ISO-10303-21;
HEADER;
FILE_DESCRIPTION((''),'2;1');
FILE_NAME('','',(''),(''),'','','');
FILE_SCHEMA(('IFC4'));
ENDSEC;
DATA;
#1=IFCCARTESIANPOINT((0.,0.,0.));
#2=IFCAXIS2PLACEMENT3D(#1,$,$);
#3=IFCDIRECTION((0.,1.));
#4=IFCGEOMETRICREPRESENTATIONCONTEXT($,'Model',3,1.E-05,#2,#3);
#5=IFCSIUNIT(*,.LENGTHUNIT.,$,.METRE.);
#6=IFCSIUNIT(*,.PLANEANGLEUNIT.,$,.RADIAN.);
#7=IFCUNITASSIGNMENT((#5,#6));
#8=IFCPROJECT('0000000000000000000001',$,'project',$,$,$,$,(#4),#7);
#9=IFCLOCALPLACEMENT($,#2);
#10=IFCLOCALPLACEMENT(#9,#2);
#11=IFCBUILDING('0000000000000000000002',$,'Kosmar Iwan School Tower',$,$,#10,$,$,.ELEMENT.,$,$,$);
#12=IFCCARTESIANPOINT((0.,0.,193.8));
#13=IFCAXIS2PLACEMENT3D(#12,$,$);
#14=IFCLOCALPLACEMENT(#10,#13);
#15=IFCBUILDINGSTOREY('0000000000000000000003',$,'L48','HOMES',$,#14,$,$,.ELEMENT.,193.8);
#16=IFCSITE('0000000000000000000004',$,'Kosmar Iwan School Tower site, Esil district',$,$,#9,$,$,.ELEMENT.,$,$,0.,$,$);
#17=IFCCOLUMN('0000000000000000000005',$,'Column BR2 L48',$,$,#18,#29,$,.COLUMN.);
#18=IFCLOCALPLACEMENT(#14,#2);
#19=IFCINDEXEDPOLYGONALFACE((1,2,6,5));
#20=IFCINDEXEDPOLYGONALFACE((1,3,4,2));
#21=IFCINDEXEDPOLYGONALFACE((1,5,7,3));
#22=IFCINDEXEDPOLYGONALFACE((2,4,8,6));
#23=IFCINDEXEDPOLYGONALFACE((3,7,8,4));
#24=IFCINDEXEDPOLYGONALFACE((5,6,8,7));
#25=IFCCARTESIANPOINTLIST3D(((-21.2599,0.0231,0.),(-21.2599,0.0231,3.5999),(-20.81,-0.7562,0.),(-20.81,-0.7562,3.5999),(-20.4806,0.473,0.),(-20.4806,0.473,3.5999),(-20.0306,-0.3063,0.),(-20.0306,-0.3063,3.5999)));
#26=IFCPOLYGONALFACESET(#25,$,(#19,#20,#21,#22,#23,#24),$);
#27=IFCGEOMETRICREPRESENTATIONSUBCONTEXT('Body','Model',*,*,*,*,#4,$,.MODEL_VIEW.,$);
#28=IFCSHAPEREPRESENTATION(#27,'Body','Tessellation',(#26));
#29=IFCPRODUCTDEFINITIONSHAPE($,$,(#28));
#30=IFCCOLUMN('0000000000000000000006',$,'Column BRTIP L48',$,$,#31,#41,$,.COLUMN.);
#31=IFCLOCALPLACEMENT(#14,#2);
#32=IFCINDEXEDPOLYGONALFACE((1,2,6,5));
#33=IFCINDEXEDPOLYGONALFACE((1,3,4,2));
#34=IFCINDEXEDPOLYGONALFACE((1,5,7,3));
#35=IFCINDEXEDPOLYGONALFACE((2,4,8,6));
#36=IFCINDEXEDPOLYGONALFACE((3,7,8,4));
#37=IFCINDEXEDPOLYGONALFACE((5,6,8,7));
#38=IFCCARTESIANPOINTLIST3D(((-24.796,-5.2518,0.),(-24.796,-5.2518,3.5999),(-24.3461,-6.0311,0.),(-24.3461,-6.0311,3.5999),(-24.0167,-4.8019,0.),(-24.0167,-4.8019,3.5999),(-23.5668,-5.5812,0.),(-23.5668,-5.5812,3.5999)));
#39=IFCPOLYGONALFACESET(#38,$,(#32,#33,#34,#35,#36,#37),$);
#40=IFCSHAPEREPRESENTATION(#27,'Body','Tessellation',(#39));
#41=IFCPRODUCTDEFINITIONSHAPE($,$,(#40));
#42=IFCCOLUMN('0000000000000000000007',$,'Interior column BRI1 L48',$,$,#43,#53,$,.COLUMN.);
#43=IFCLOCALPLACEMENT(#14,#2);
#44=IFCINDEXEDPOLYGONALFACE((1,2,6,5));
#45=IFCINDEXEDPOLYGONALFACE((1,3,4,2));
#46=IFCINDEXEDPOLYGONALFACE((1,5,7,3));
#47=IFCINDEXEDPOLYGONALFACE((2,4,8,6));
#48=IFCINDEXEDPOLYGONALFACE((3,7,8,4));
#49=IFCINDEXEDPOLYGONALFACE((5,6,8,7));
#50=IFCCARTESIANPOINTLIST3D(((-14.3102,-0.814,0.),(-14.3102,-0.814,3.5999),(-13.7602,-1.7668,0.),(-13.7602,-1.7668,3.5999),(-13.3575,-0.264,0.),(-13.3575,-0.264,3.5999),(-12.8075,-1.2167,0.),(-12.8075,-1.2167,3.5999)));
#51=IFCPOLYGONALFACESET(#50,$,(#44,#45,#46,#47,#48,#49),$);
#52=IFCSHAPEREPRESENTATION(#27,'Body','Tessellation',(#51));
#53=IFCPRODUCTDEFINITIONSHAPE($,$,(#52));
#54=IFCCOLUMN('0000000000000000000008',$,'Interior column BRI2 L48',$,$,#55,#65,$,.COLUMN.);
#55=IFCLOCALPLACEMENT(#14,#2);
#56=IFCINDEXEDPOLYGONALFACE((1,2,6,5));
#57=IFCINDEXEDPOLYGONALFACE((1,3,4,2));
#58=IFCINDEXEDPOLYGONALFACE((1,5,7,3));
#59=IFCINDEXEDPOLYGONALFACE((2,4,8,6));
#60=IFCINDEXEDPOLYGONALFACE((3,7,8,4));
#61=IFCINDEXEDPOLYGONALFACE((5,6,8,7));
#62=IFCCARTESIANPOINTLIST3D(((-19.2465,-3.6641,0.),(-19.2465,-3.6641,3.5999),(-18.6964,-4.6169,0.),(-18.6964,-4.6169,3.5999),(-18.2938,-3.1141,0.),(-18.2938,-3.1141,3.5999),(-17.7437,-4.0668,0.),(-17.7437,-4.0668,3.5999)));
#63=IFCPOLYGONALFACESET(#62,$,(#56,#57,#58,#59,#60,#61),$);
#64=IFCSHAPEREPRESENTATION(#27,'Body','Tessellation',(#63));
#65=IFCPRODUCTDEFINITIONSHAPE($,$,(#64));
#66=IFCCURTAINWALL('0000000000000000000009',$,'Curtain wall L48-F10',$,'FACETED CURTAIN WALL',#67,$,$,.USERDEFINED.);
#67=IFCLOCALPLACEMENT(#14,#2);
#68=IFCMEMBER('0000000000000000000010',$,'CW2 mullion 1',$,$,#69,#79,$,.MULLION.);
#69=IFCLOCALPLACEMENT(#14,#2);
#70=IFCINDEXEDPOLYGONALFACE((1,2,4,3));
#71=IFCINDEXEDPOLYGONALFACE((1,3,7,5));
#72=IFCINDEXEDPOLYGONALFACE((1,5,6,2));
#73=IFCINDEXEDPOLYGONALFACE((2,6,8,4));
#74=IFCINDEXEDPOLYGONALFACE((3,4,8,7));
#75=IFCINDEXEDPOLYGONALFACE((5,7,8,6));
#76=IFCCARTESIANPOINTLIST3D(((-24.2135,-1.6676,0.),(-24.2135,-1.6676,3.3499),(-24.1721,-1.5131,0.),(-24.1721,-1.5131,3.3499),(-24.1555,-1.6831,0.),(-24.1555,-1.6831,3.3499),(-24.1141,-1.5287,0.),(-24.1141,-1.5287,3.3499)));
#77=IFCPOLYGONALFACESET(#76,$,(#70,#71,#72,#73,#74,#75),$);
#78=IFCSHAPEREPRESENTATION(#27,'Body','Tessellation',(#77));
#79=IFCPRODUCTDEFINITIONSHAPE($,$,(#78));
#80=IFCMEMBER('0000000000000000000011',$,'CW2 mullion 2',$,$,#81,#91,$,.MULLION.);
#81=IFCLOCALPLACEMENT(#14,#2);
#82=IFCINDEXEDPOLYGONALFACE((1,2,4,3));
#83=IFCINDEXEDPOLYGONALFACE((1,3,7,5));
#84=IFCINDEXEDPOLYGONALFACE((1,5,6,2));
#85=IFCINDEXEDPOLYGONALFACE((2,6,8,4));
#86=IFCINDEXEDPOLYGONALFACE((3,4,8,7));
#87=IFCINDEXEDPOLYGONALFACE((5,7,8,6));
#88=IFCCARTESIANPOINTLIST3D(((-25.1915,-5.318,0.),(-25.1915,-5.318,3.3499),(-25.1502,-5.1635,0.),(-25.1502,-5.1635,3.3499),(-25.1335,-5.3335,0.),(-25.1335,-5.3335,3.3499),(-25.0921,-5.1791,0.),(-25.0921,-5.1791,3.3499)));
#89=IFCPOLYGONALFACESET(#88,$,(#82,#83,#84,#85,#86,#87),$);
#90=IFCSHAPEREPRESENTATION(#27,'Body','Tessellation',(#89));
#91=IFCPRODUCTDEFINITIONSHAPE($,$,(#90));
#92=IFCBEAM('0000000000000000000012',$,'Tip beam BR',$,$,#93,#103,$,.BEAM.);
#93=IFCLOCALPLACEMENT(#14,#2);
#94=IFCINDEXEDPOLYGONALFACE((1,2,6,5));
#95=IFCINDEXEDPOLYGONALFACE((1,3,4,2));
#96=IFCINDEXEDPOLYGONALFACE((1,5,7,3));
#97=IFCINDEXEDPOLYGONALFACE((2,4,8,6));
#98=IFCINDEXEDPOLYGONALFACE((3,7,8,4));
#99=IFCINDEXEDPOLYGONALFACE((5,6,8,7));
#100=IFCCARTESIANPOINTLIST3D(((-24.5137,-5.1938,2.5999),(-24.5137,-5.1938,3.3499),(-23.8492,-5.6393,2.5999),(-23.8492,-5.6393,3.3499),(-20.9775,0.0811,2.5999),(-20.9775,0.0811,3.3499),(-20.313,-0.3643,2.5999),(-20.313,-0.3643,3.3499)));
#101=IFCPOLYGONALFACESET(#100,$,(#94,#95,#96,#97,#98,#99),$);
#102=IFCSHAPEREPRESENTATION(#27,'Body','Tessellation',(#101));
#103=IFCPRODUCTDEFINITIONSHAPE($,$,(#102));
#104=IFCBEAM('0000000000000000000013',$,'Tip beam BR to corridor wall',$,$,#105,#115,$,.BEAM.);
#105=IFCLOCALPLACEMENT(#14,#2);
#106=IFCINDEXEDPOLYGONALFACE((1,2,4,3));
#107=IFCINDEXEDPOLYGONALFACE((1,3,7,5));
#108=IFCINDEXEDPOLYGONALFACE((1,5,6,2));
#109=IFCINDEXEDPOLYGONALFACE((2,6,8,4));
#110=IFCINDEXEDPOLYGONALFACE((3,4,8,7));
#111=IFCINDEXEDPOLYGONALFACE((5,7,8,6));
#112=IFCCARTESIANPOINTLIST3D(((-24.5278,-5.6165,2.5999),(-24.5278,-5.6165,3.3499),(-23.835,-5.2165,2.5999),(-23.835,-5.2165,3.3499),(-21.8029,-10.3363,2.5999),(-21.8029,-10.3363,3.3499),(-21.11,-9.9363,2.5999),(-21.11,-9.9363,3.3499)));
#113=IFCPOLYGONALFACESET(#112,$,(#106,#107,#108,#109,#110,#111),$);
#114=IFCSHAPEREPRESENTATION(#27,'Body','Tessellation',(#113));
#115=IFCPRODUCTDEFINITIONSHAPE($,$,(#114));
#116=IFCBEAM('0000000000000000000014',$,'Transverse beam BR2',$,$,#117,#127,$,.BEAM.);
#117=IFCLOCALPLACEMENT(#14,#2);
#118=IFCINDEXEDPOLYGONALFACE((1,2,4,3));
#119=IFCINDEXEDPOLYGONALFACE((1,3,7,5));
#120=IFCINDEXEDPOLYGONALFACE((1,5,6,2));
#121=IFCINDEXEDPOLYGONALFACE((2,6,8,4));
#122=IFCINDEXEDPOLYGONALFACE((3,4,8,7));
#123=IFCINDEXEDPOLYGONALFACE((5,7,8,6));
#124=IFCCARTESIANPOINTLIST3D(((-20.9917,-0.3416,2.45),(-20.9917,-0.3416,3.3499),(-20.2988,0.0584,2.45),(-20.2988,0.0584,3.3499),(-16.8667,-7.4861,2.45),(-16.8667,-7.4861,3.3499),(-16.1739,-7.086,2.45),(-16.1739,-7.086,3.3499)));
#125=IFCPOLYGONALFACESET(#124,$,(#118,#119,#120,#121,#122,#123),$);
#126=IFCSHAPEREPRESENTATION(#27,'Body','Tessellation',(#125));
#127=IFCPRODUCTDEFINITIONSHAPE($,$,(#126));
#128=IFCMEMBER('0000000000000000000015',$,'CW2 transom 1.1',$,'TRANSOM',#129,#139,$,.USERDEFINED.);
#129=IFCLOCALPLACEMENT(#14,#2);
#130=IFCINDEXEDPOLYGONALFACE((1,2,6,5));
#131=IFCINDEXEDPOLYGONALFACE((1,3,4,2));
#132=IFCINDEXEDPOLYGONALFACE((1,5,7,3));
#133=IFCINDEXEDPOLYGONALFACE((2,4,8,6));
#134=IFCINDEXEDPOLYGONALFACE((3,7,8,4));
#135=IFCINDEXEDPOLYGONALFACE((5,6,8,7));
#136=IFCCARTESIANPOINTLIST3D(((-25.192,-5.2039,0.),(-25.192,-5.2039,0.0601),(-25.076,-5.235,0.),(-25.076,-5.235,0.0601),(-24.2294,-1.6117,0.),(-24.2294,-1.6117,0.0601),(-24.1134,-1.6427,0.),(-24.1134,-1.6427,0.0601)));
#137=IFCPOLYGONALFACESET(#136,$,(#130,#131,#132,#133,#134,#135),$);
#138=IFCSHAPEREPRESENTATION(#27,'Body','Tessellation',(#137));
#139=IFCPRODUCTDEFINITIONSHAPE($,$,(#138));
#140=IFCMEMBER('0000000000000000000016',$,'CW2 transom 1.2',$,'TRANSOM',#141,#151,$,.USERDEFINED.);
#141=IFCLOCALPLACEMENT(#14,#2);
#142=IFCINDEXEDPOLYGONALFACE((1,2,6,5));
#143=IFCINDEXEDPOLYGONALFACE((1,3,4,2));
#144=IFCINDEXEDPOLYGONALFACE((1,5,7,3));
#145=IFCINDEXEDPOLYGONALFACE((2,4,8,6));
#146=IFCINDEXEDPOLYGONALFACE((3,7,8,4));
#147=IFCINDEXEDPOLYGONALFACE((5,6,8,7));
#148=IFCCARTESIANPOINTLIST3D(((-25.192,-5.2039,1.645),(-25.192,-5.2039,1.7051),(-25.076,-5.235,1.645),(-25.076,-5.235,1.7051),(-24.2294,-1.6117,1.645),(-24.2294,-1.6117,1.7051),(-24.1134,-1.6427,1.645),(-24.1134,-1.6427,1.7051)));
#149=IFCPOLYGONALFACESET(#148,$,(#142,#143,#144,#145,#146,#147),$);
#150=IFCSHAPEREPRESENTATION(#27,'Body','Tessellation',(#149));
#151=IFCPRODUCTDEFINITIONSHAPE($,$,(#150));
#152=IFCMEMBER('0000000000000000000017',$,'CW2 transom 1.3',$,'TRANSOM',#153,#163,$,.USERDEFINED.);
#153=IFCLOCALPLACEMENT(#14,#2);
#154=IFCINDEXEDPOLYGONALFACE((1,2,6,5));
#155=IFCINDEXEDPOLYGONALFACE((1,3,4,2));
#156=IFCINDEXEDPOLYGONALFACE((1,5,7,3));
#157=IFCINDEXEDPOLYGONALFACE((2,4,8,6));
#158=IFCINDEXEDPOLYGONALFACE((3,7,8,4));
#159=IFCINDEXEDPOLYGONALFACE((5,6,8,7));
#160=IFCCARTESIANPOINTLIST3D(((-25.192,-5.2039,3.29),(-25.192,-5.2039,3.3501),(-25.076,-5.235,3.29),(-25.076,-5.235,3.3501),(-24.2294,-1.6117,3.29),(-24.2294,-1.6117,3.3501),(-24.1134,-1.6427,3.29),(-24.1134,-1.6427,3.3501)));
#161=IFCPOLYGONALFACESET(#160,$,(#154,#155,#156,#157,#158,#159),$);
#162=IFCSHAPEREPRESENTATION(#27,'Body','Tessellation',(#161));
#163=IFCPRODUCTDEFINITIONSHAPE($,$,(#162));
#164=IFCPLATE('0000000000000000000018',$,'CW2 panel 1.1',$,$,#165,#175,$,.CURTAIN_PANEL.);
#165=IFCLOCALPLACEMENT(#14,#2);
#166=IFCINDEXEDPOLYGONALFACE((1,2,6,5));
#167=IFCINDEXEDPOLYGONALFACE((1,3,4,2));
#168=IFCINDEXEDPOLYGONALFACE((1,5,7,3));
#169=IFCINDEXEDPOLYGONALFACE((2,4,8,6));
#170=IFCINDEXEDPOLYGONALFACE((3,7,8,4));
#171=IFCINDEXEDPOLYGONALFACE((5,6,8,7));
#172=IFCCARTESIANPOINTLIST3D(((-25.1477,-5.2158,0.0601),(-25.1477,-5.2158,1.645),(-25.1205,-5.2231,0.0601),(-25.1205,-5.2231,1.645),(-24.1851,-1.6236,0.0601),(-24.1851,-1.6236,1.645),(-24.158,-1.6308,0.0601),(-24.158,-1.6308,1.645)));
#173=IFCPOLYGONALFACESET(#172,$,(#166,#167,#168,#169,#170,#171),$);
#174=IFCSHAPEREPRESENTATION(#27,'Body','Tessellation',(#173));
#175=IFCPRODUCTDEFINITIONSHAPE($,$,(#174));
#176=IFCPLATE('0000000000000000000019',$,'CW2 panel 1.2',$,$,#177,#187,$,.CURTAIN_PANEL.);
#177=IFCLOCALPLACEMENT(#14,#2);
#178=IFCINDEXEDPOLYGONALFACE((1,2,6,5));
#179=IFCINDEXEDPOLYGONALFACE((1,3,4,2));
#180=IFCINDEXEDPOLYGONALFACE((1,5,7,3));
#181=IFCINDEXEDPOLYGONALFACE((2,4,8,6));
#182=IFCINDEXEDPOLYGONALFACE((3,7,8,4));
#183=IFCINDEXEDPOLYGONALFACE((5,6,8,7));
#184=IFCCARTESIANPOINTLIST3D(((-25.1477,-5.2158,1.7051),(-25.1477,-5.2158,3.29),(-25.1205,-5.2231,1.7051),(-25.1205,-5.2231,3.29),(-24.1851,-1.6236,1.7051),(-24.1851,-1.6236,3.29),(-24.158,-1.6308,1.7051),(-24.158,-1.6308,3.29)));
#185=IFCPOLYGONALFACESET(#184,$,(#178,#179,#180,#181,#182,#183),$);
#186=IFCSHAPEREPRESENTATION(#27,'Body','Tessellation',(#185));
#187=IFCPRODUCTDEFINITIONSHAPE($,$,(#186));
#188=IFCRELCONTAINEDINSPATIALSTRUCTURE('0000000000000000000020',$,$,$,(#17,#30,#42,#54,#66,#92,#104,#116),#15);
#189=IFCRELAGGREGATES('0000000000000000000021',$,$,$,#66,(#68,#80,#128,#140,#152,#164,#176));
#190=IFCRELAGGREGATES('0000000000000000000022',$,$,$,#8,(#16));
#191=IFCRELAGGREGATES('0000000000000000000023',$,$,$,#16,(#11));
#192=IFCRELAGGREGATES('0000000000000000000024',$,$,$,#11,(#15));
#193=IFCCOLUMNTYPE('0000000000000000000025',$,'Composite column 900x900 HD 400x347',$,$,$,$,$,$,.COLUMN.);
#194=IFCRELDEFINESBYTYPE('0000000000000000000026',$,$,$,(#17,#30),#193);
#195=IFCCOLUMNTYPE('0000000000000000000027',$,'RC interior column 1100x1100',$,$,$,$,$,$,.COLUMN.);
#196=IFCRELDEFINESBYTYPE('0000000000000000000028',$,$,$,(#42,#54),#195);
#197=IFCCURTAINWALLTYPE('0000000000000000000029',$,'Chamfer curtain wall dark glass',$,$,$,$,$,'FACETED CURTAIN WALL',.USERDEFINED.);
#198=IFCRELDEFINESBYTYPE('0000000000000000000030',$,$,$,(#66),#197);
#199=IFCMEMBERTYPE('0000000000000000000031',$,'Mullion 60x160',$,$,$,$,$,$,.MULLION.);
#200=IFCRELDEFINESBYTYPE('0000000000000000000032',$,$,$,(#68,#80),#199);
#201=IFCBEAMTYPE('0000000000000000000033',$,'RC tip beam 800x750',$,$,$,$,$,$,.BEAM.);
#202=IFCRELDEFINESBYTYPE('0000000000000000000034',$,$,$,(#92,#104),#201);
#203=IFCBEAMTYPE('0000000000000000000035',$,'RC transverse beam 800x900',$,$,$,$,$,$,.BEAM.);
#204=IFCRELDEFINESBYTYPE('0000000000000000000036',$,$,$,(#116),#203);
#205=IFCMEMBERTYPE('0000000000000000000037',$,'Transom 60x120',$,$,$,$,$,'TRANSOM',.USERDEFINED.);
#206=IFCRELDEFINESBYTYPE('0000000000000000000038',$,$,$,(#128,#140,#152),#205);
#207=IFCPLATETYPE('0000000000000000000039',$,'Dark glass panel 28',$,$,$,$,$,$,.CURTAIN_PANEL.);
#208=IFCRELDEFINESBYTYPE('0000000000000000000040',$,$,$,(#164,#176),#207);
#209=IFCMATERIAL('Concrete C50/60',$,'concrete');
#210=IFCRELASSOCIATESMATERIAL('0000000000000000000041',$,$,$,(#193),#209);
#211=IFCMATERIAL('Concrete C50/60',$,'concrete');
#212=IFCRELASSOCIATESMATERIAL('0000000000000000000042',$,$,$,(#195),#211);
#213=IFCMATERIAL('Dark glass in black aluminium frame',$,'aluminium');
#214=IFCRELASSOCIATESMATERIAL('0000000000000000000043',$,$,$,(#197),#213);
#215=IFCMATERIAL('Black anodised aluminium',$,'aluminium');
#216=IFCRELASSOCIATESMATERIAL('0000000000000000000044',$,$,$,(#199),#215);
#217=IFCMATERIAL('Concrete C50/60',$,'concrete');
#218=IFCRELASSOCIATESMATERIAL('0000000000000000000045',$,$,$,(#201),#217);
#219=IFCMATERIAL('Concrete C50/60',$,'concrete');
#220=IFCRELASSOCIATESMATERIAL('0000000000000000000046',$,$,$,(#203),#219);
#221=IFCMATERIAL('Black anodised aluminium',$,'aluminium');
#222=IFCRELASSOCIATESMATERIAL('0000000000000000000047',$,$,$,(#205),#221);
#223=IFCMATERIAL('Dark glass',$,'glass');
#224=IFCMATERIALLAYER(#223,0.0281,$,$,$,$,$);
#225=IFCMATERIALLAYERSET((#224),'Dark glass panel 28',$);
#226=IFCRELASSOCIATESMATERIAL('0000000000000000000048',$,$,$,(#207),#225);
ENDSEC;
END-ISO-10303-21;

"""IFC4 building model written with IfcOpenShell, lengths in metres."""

from ifc_helpers import new_model, si_unit, direction, frame, origin, origin_2d, place, context, subcontext, project, spatial, rectangle, extrude, material, layer, layer_set, material_profile, profile_set, type_object, element, aggregate, save


model = new_model("IFC4")

# Units and contexts
model_context = context("Model", 3, precision=1e-05, world=origin(), true_north=direction((0.0, 1.0)))
body_context = subcontext(model_context, "Body", "Model", "MODEL_VIEW")
ifc_project = project(units=[si_unit("LENGTHUNIT", "METRE"), si_unit("PLANEANGLEUNIT", "RADIAN")], contexts=[model_context])

# Site, building, storey
site_placement = place(None, origin())
site = spatial("IfcSite", under=ifc_project, at=site_placement, Name="Kosmar Iwan School Tower site, Esil district", CompositionType="ELEMENT", RefElevation=0.0)
building_placement = place(site_placement, origin())
building = spatial("IfcBuilding", under=site, at=building_placement, Name="Kosmar Iwan School Tower", CompositionType="ELEMENT")
storey_placement = place(building_placement, frame((0.0, 0.0, 193.8)))
storey = spatial("IfcBuildingStorey", under=building, at=storey_placement, Name="L48", Description="HOMES", CompositionType="ELEMENT", Elevation=193.8)

# Columns
ifc_material_1 = material(Name="Concrete C50/60", Category="concrete")
ifc_material_profile_1 = material_profile(ifc_material_1, rectangle(XDim=0.8999, YDim=0.8999, at=origin_2d()), Name="RC 900x900 + HD 400x347")
ifc_profile_set_1 = profile_set([ifc_material_profile_1], Name="Concrete C50/60")
column_type_1 = type_object("IfcColumnType", Name="Composite column 900x900 HD 400x347", PredefinedType="COLUMN", material=ifc_profile_set_1)
for number, where, z_axis, x_axis, name in (
    (1, (-20.6453, -0.1416, 0.0), (0.0, 0.0, 1.0), (-0.866025, -0.5, 0.0), "Column BR2 L48"),
    (2, (-24.1814, -5.4165, 0.0), (0.0, 0.0, 1.0), (-0.866025, -0.5, 0.0), "Column BRTIP L48"),
):
    element("IfcColumn", number, at=place(storey_placement, frame(where, z_axis=z_axis, x_axis=x_axis)), inside=storey, type_object=column_type_1, Name=name, PredefinedType="COLUMN", context=body_context, shape_type="SweptSolid", body=[
        extrude(rectangle(XDim=0.8999, YDim=0.8999, at=origin_2d()), origin(), (0.0, 0.0, 1.0), 3.5999),
    ])
ifc_material_2 = material(Name="Concrete C50/60", Category="concrete")
ifc_material_profile_2 = material_profile(ifc_material_2, rectangle(XDim=1.1001, YDim=1.1001, at=origin_2d()), Name="RC 1100x1100")
ifc_profile_set_2 = profile_set([ifc_material_profile_2], Name="Concrete C50/60")
column_type_2 = type_object("IfcColumnType", Name="RC interior column 1100x1100", PredefinedType="COLUMN", material=ifc_profile_set_2)
for number, where, z_axis, x_axis, name in (
    (3, (-13.5588, -1.0154, 0.0), (0.0, 0.0, 1.0), (-0.866025, -0.5, 0.0), "Interior column BRI1 L48"),
    (4, (-18.4951, -3.8655, 0.0), (0.0, 0.0, 1.0), (-0.866025, -0.5, 0.0), "Interior column BRI2 L48"),
):
    element("IfcColumn", number, at=place(storey_placement, frame(where, z_axis=z_axis, x_axis=x_axis)), inside=storey, type_object=column_type_2, Name=name, PredefinedType="COLUMN", context=body_context, shape_type="SweptSolid", body=[
        extrude(rectangle(XDim=1.1001, YDim=1.1001, at=origin_2d()), origin(), (0.0, 0.0, 1.0), 3.5999),
    ])

# Curtain wall, members
ifc_material_3 = material(Name="Dark glass in black aluminium frame", Category="aluminium")
curtain_wall_type = type_object("IfcCurtainWallType", Name="Chamfer curtain wall dark glass", ElementType="FACETED CURTAIN WALL", PredefinedType="USERDEFINED", material=ifc_material_3)
curtain_wall_placement = place(storey_placement, origin())
curtain_wall = element("IfcCurtainWall", 5, at=curtain_wall_placement, inside=storey, type_object=curtain_wall_type, Name="Curtain wall L48-F10", ObjectType="FACETED CURTAIN WALL", PredefinedType="USERDEFINED")
ifc_material_4 = material(Name="Black anodised aluminium", Category="aluminium")
ifc_material_profile_3 = material_profile(ifc_material_4, rectangle(XDim=0.0601, YDim=0.1599, at=origin_2d()), Name="MULLION 60x160")
ifc_profile_set_3 = profile_set([ifc_material_profile_3], Name="Black anodised aluminium")
member_type_1 = type_object("IfcMemberType", Name="Mullion 60x160", PredefinedType="MULLION", material=ifc_profile_set_3)
member_1_placement = place(storey_placement, frame((-24.1638, -1.5981, 0.0), z_axis=(0.0, 0.0, 1.0), x_axis=(0.965926, -0.258819, 0.0)))
member_1 = element("IfcMember", 6, at=member_1_placement, type_object=member_type_1, Name="CW2 mullion 1", PredefinedType="MULLION", context=body_context, shape_type="SweptSolid", body=[
    extrude(rectangle(XDim=0.0601, YDim=0.1599, at=origin_2d()), origin(), (0.0, 0.0, 1.0), 3.3499),
])
member_2_placement = place(storey_placement, frame((-25.1418, -5.2485, 0.0), z_axis=(0.0, 0.0, 1.0), x_axis=(0.965926, -0.258819, 0.0)))
member_2 = element("IfcMember", 7, at=member_2_placement, type_object=member_type_1, Name="CW2 mullion 2", PredefinedType="MULLION", context=body_context, shape_type="SweptSolid", body=[
    extrude(rectangle(XDim=0.0601, YDim=0.1599, at=origin_2d()), origin(), (0.0, 0.0, 1.0), 3.3499),
])

# Beams
ifc_material_5 = material(Name="Concrete C50/60", Category="concrete")
ifc_material_profile_4 = material_profile(ifc_material_5, rectangle(XDim=0.8, YDim=0.75, at=origin_2d()), Name="RC 800x750")
ifc_profile_set_4 = profile_set([ifc_material_profile_4], Name="Concrete C50/60")
beam_type_1 = type_object("IfcBeamType", Name="RC tip beam 800x750", PredefinedType="BEAM", material=ifc_profile_set_4)
beam_1_placement = place(storey_placement, frame((-20.6453, -0.1416, 2.9749), z_axis=(-0.556828, -0.830628, 0.0), x_axis=(0.830628, -0.556828, 0.0)))
element("IfcBeam", 8, at=beam_1_placement, inside=storey, type_object=beam_type_1, Name="Tip beam BR", PredefinedType="BEAM", context=body_context, shape_type="SweptSolid", body=[
    extrude(rectangle(XDim=0.8, YDim=0.75, at=origin_2d()), origin(), (0.0, 0.0, 1.0), 6.3506),
])
beam_2_placement = place(storey_placement, frame((-24.1814, -5.4165, 2.9749), z_axis=(0.499989, -0.866032, 0.0), x_axis=(0.866032, 0.499989, 0.0)))
element("IfcBeam", 9, at=beam_2_placement, inside=storey, type_object=beam_type_1, Name="Tip beam BR to corridor wall", PredefinedType="BEAM", context=body_context, shape_type="SweptSolid", body=[
    extrude(rectangle(XDim=0.8, YDim=0.75, at=origin_2d()), origin(), (0.0, 0.0, 1.0), 5.45),
])
ifc_material_6 = material(Name="Concrete C50/60", Category="concrete")
ifc_material_profile_5 = material_profile(ifc_material_6, rectangle(XDim=0.8, YDim=0.8999, at=origin_2d()), Name="RC 800x900")
ifc_profile_set_5 = profile_set([ifc_material_profile_5], Name="Concrete C50/60")
beam_type_2 = type_object("IfcBeamType", Name="RC transverse beam 800x900", PredefinedType="BEAM", material=ifc_profile_set_5)
beam_3_placement = place(storey_placement, frame((-20.6453, -0.1416, 2.8999), z_axis=(0.500009, -0.86602, 0.0), x_axis=(0.86602, 0.500009, 0.0)))
element("IfcBeam", 10, at=beam_3_placement, inside=storey, type_object=beam_type_2, Name="Transverse beam BR2", PredefinedType="BEAM", context=body_context, shape_type="SweptSolid", body=[
    extrude(rectangle(XDim=0.8, YDim=0.8999, at=origin_2d()), origin(), (0.0, 0.0, 1.0), 8.2498),
])

# Members
ifc_material_7 = material(Name="Black anodised aluminium", Category="aluminium")
ifc_material_profile_6 = material_profile(ifc_material_7, rectangle(XDim=0.1201, YDim=0.0601, at=origin_2d()), Name="TRANSOM 60x120")
ifc_profile_set_6 = profile_set([ifc_material_profile_6], Name="Black anodised aluminium")
member_type_2 = type_object("IfcMemberType", Name="Transom 60x120", ElementType="TRANSOM", PredefinedType="USERDEFINED", material=ifc_profile_set_6)
member_3_placement = place(storey_placement, frame((-24.1714, -1.6272, 0.03), z_axis=(-0.258843, -0.965919, 0.0), x_axis=(0.965919, -0.258843, 0.0)))
member_3 = element("IfcMember", 11, at=member_3_placement, type_object=member_type_2, Name="CW2 transom 1.1", ObjectType="TRANSOM", PredefinedType="USERDEFINED", context=body_context, shape_type="SweptSolid", body=[
    extrude(rectangle(XDim=0.1201, YDim=0.0601, at=origin_2d()), origin(), (0.0, 0.0, 1.0), 3.719),
])
member_4_placement = place(storey_placement, frame((-24.1714, -1.6272, 1.675), z_axis=(-0.258843, -0.965919, 0.0), x_axis=(0.965919, -0.258843, 0.0)))
member_4 = element("IfcMember", 12, at=member_4_placement, type_object=member_type_2, Name="CW2 transom 1.2", ObjectType="TRANSOM", PredefinedType="USERDEFINED", context=body_context, shape_type="SweptSolid", body=[
    extrude(rectangle(XDim=0.1201, YDim=0.0601, at=origin_2d()), origin(), (0.0, 0.0, 1.0), 3.719),
])
member_5_placement = place(storey_placement, frame((-24.1714, -1.6272, 3.3201), z_axis=(-0.258843, -0.965919, 0.0), x_axis=(0.965919, -0.258843, 0.0)))
member_5 = element("IfcMember", 13, at=member_5_placement, type_object=member_type_2, Name="CW2 transom 1.3", ObjectType="TRANSOM", PredefinedType="USERDEFINED", context=body_context, shape_type="SweptSolid", body=[
    extrude(rectangle(XDim=0.1201, YDim=0.0601, at=origin_2d()), origin(), (0.0, 0.0, 1.0), 3.719),
])

# Plates
ifc_material_8 = material(Name="Dark glass", Category="glass")
ifc_layer_1 = layer(ifc_material_8, 0.0281)
ifc_layer_set_1 = layer_set([ifc_layer_1], Name="Dark glass panel 28")
plate_type = type_object("IfcPlateType", Name="Dark glass panel 28", PredefinedType="CURTAIN_PANEL", material=ifc_layer_set_1)
plate_1_placement = place(storey_placement, frame((-24.6528, -3.4233, 0.0601), z_axis=(0.0, 0.0, 1.0), x_axis=(-0.258819, -0.965926, 0.0)))
plate_1 = element("IfcPlate", 14, at=plate_1_placement, type_object=plate_type, Name="CW2 panel 1.1", PredefinedType="CURTAIN_PANEL", context=body_context, shape_type="SweptSolid", body=[
    extrude(rectangle(XDim=3.719, YDim=0.0281, at=origin_2d()), origin(), (0.0, 0.0, 1.0), 1.585),
])
plate_2_placement = place(storey_placement, frame((-24.6528, -3.4233, 1.7051), z_axis=(0.0, 0.0, 1.0), x_axis=(-0.258819, -0.965926, 0.0)))
plate_2 = element("IfcPlate", 15, at=plate_2_placement, type_object=plate_type, Name="CW2 panel 1.2", PredefinedType="CURTAIN_PANEL", context=body_context, shape_type="SweptSolid", body=[
    extrude(rectangle(XDim=3.719, YDim=0.0281, at=origin_2d()), origin(), (0.0, 0.0, 1.0), 1.585),
])
aggregate(curtain_wall, [member_1, member_2, member_3, member_4, member_5, plate_1, plate_2])

save(model, "model.ifc")
